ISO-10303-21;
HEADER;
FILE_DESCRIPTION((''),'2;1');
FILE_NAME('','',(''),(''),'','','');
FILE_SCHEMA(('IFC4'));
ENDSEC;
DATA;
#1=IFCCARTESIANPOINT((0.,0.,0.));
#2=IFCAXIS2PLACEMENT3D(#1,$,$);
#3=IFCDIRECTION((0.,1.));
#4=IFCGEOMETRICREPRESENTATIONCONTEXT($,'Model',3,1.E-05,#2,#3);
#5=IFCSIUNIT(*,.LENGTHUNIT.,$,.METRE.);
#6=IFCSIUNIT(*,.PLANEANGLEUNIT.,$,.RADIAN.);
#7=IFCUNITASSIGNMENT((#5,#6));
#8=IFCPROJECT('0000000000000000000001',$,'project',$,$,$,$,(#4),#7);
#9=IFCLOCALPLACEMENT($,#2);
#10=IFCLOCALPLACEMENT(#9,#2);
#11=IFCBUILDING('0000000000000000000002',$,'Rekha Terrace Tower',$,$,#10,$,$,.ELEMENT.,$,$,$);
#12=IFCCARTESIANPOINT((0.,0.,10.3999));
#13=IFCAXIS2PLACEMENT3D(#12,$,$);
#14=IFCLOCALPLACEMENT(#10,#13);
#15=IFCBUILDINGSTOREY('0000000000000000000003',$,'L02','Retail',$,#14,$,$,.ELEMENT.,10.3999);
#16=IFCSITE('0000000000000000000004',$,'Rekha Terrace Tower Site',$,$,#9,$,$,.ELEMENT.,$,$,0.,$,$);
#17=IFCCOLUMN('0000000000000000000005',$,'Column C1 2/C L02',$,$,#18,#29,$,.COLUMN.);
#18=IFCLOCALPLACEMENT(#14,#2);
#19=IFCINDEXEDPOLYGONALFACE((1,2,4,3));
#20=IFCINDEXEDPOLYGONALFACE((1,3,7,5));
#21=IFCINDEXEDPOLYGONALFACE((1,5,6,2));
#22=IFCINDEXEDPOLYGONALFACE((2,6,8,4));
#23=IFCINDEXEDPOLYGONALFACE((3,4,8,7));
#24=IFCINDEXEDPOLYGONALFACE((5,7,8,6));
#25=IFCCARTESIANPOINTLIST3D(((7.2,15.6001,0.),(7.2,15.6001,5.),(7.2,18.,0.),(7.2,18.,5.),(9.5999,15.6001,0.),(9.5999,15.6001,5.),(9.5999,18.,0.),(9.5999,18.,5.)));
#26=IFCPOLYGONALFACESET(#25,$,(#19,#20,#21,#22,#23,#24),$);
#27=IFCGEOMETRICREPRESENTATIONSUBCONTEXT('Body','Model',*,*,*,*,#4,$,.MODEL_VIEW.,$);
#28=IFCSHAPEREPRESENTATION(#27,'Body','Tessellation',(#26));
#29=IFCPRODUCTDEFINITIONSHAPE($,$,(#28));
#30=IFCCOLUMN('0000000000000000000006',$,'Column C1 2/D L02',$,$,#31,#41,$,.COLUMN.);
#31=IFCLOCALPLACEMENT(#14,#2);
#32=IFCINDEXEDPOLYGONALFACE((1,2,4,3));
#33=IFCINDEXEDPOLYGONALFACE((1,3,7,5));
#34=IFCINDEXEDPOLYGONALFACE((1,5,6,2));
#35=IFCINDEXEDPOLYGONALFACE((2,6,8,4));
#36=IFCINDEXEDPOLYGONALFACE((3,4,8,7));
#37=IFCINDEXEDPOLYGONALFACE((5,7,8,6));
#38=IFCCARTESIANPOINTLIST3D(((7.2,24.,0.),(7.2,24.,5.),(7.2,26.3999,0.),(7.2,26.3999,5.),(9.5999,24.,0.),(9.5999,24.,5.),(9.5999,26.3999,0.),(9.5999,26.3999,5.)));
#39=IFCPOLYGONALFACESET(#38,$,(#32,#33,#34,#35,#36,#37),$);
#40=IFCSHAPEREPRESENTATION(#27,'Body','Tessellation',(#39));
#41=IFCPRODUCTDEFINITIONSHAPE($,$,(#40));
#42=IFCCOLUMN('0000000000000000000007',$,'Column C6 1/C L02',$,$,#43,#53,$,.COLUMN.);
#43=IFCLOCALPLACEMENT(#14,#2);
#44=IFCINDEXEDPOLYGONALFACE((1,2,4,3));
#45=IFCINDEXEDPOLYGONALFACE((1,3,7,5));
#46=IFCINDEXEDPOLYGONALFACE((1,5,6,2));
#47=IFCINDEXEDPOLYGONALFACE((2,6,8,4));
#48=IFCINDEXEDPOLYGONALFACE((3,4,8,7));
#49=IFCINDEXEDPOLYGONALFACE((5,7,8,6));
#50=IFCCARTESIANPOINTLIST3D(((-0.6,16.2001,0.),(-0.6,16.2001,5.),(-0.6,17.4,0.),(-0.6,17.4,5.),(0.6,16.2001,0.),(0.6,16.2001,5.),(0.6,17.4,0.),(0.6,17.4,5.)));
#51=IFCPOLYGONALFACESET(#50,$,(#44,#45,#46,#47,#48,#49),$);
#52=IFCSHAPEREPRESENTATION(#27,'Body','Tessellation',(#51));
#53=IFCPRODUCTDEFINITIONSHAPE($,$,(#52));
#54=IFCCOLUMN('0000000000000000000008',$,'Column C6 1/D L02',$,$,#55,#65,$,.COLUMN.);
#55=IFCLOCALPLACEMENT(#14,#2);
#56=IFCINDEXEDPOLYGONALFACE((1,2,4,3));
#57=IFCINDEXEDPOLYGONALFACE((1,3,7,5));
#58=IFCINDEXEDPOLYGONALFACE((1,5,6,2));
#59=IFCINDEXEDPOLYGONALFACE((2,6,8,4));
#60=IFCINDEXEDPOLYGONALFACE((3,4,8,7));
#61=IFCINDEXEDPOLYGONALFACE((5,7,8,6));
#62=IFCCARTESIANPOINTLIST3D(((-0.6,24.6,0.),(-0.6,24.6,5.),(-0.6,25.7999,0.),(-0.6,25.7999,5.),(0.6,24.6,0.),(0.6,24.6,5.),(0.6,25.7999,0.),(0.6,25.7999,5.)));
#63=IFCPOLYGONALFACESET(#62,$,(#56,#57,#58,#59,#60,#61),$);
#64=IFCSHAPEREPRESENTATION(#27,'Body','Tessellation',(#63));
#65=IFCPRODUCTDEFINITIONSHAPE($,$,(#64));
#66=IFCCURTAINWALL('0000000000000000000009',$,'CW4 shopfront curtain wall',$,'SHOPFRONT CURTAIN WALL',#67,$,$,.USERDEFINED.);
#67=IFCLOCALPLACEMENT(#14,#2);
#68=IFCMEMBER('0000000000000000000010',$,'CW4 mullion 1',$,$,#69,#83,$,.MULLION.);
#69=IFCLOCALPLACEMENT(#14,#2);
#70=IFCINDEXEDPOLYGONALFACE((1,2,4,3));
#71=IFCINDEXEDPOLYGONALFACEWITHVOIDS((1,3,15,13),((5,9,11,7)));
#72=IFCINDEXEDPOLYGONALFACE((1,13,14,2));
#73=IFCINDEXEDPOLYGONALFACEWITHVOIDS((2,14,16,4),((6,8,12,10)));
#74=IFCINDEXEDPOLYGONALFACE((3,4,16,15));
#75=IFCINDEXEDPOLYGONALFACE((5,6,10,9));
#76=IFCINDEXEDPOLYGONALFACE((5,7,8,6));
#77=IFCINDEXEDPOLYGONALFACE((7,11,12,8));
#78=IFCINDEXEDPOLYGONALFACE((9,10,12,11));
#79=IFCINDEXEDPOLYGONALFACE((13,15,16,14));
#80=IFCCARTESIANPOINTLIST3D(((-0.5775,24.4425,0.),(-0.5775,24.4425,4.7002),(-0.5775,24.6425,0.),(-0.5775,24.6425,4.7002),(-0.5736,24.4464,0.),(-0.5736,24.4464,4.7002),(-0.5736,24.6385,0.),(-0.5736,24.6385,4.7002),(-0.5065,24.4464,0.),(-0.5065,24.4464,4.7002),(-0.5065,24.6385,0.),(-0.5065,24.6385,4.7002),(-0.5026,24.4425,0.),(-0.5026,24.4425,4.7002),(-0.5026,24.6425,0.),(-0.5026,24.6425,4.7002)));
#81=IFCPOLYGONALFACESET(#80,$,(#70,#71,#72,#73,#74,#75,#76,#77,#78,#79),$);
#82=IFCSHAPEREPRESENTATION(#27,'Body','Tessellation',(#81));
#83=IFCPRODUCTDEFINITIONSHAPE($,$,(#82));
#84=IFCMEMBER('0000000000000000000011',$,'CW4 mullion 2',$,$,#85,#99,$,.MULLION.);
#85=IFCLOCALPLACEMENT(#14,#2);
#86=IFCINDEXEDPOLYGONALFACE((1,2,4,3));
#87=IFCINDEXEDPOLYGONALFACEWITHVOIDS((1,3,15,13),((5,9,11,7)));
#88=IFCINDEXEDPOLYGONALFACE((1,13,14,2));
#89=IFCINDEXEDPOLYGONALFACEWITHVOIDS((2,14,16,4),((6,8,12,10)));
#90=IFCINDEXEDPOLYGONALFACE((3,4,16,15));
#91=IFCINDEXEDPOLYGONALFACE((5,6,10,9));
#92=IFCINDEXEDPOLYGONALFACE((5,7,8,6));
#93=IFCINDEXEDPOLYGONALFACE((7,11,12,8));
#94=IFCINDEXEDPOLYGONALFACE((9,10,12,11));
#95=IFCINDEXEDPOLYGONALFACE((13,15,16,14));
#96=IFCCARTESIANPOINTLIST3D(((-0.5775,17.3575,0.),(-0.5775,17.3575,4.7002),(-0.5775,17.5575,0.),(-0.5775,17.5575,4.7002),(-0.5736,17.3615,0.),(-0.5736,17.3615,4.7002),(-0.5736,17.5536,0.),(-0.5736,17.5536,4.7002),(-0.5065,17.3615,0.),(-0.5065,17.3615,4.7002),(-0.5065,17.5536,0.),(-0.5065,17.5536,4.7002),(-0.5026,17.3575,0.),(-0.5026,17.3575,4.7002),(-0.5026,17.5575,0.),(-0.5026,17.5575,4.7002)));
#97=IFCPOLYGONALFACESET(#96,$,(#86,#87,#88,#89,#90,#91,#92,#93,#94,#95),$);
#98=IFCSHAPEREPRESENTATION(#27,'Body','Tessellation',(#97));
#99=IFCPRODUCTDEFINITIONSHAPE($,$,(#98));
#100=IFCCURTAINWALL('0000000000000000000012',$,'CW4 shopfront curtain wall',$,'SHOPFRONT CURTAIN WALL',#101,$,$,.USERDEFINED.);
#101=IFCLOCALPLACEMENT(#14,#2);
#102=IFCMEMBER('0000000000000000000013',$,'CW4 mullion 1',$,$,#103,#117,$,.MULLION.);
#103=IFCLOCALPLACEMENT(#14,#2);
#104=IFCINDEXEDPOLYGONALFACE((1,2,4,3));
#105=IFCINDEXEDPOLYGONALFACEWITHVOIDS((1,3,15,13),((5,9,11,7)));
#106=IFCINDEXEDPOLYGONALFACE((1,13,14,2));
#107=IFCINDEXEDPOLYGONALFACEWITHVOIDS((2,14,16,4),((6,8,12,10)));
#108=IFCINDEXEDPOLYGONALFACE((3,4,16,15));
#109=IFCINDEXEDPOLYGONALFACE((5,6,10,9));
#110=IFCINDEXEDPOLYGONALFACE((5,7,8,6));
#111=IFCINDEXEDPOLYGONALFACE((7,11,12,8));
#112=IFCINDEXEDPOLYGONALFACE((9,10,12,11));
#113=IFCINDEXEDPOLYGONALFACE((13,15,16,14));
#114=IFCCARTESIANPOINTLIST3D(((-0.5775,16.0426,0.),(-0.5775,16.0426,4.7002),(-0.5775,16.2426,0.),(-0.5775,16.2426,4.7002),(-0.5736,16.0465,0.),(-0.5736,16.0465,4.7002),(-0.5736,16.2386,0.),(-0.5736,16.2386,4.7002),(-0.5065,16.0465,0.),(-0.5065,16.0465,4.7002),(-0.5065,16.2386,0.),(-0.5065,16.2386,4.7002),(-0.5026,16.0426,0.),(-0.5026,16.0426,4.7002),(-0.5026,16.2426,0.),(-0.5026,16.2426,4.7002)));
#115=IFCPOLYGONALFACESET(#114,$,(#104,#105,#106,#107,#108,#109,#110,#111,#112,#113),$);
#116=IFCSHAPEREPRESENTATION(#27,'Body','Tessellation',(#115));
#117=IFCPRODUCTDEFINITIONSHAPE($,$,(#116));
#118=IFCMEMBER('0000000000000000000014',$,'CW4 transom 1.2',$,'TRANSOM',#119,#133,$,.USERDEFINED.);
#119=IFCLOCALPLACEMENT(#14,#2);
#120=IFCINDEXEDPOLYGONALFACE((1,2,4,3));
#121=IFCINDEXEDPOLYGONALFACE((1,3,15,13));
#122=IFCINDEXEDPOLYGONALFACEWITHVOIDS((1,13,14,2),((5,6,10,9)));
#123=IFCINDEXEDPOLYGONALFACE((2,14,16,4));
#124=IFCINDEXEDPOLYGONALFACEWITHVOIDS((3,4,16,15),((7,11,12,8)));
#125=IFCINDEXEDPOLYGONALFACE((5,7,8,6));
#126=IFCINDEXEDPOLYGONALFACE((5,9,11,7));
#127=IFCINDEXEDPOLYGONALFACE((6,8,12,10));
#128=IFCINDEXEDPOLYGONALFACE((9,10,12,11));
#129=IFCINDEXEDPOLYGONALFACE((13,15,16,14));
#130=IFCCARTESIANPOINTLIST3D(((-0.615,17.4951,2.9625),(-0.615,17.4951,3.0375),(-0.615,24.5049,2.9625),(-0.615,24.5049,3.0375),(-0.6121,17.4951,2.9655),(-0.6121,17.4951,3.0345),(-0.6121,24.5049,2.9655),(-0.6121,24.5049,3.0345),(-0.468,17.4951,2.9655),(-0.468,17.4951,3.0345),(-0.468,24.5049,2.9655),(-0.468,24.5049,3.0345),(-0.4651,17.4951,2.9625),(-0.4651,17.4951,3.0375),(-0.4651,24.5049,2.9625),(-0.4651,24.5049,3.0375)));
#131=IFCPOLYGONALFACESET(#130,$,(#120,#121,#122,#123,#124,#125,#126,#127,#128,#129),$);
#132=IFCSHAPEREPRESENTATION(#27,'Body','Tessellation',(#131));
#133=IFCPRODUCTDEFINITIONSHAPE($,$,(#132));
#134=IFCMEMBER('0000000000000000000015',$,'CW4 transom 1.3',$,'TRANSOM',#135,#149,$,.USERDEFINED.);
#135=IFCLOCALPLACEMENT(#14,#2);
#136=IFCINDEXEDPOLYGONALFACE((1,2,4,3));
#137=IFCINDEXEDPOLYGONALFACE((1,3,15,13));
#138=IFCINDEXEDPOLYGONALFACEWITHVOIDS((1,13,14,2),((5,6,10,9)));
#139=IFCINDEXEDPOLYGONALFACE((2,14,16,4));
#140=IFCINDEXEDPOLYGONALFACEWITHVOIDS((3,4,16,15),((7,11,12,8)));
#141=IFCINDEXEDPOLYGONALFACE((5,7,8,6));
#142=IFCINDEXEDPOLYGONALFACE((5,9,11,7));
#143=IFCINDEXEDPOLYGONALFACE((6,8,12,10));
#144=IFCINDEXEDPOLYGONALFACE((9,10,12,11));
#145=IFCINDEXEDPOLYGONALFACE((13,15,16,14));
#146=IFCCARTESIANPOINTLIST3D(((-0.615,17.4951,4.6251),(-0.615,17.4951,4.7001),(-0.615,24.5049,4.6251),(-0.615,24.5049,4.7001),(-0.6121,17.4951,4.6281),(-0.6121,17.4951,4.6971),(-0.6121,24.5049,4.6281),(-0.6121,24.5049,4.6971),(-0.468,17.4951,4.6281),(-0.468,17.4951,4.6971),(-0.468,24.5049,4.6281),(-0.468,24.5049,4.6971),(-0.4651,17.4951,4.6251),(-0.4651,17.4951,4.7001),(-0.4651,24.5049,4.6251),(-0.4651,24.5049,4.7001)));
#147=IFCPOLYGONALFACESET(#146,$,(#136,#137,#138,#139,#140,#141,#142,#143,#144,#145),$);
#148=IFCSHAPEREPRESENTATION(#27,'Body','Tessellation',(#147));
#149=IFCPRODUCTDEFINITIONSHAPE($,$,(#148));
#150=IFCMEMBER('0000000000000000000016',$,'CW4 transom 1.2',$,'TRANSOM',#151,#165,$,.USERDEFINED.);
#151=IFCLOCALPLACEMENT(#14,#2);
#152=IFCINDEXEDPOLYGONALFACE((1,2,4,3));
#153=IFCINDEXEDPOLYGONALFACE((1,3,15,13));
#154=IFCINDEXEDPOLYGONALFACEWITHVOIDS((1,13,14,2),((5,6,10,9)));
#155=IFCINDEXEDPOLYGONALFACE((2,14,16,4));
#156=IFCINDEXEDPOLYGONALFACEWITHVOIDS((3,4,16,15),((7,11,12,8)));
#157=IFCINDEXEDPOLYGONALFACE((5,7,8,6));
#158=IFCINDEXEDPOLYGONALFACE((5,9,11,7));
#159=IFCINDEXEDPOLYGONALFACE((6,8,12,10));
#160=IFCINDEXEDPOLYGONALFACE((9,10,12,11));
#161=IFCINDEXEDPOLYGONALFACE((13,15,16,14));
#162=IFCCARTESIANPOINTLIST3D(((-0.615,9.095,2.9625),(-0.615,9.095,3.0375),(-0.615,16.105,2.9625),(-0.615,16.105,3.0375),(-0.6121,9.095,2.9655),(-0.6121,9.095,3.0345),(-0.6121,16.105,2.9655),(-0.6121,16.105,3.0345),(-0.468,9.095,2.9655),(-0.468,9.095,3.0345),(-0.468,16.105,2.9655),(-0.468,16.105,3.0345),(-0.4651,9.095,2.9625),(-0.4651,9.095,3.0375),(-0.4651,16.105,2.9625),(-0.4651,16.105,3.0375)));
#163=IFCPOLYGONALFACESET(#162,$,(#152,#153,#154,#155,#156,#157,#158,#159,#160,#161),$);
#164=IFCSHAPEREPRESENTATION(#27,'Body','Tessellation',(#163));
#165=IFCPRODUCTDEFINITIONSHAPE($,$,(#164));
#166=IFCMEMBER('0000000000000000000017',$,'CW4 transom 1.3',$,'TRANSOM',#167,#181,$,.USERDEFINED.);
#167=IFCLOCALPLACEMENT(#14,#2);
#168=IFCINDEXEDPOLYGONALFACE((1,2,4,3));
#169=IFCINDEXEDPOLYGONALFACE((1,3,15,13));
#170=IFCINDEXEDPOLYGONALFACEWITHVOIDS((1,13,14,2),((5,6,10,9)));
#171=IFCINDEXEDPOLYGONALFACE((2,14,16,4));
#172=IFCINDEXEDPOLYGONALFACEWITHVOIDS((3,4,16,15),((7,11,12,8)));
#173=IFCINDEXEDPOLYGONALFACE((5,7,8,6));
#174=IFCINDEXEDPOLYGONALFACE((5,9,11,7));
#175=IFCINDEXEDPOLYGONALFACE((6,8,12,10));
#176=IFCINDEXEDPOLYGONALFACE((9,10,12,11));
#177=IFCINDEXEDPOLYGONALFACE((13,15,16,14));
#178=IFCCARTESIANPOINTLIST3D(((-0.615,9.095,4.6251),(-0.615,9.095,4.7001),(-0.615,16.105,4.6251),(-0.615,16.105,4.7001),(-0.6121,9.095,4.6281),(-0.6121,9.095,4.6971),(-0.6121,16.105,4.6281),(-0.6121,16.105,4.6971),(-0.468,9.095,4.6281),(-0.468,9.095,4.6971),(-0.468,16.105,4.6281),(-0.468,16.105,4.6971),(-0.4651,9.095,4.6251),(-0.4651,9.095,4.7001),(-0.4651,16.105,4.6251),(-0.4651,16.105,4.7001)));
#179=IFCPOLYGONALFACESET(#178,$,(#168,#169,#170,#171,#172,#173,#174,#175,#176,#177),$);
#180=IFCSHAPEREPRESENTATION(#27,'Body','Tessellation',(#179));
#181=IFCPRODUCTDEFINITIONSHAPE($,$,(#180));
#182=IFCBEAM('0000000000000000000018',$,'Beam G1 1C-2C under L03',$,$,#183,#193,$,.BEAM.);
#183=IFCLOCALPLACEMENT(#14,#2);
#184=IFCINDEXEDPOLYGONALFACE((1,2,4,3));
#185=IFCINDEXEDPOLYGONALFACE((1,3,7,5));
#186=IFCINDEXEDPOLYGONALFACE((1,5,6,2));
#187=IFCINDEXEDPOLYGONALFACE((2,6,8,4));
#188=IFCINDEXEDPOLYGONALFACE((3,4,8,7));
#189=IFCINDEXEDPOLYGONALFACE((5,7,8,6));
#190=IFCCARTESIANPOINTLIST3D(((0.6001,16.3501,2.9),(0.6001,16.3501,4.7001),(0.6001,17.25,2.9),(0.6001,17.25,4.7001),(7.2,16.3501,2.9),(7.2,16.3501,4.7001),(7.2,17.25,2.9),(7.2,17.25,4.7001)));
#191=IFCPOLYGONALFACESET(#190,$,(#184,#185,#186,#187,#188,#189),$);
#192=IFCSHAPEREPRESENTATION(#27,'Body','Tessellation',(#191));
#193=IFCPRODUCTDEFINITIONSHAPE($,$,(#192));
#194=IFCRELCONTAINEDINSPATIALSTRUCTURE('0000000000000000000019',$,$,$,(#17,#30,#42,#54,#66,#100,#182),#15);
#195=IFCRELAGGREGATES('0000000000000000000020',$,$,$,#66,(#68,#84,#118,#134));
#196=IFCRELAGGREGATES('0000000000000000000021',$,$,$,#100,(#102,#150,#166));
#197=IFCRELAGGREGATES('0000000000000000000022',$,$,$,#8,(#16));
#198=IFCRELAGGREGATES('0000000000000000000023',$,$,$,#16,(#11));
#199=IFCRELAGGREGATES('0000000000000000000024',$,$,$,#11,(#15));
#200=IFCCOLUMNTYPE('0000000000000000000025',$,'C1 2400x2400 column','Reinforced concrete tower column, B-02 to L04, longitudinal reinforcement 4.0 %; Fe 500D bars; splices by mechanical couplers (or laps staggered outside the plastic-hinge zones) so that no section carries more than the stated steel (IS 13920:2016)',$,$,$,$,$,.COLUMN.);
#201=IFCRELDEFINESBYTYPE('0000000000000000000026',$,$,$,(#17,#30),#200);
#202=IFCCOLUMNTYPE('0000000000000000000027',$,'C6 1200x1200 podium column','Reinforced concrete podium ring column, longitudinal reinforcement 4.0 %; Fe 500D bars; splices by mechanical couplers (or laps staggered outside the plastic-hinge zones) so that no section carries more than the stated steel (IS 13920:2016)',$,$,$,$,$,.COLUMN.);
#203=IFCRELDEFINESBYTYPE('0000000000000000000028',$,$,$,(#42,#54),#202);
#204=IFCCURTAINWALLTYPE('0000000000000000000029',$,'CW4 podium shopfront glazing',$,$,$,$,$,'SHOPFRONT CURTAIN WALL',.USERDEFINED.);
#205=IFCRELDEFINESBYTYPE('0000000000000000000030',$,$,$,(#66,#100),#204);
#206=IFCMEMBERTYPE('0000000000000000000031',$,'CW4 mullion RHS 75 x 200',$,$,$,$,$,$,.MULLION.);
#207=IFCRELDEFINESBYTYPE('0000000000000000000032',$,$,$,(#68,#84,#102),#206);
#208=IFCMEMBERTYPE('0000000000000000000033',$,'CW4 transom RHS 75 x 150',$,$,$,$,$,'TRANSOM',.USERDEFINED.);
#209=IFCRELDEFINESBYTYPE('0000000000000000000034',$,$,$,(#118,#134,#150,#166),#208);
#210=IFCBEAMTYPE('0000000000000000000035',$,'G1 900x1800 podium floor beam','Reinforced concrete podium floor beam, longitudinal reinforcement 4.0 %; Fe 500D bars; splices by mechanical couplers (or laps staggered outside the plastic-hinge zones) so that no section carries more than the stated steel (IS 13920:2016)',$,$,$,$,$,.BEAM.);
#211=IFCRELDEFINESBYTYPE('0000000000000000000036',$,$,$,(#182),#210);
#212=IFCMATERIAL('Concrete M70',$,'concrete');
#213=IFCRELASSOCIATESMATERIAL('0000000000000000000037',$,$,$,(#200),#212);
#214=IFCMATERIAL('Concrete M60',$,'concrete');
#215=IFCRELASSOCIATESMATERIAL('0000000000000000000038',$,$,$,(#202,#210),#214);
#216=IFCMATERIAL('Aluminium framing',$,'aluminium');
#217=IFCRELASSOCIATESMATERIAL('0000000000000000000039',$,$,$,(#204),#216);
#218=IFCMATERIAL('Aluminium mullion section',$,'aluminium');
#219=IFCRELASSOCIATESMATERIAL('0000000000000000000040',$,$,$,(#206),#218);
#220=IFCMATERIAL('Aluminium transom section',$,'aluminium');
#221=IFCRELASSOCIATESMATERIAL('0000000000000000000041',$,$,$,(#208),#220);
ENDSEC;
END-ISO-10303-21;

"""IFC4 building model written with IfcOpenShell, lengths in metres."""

from ifc_helpers import new_model, si_unit, direction, frame, origin, origin_2d, place, context, subcontext, project, spatial, rectangle, hollow_rectangle, extrude, material, material_profile, profile_set, type_object, element, aggregate, save


model = new_model("IFC4")

# Units and contexts
model_context = context("Model", 3, precision=1e-05, world=origin(), true_north=direction((0.0, 1.0)))
body_context = subcontext(model_context, "Body", "Model", "MODEL_VIEW")
ifc_project = project(units=[si_unit("LENGTHUNIT", "METRE"), si_unit("PLANEANGLEUNIT", "RADIAN")], contexts=[model_context])

# Site, building, storey
site_placement = place(None, origin())
site = spatial("IfcSite", under=ifc_project, at=site_placement, Name="Rekha Terrace Tower Site", CompositionType="ELEMENT", RefElevation=0.0)
building_placement = place(site_placement, origin())
building = spatial("IfcBuilding", under=site, at=building_placement, Name="Rekha Terrace Tower", CompositionType="ELEMENT")
storey_placement = place(building_placement, frame((0.0, 0.0, 10.3999)))
storey = spatial("IfcBuildingStorey", under=building, at=storey_placement, Name="L02", Description="Retail", CompositionType="ELEMENT", Elevation=10.3999)

# Columns
ifc_material_1 = material(Name="Concrete M70", Category="concrete")
ifc_material_profile_1 = material_profile(ifc_material_1, rectangle(XDim=2.3999, YDim=2.3999, at=origin_2d()), Name="RC 2400x2400")
ifc_profile_set_1 = profile_set([ifc_material_profile_1], Name="Concrete M70")
column_type_1 = type_object("IfcColumnType", Name="C1 2400x2400 column", Description="Reinforced concrete tower column, B-02 to L04, longitudinal reinforcement 4.0 %; Fe 500D bars; splices by mechanical couplers (or laps staggered outside the plastic-hinge zones) so that no section carries more than the stated steel (IS 13920:2016)", PredefinedType="COLUMN", material=ifc_profile_set_1)
for number, where, z_axis, x_axis, name in (
    (1, (8.3999, 16.8, 0.0), (0.0, 0.0, 1.0), (1.0, 0.0, 0.0), "Column C1 2/C L02"),
    (2, (8.3999, 25.2, 0.0), (0.0, 0.0, 1.0), (1.0, 0.0, 0.0), "Column C1 2/D L02"),
):
    element("IfcColumn", number, at=place(storey_placement, frame(where, z_axis=z_axis, x_axis=x_axis)), inside=storey, type_object=column_type_1, Name=name, PredefinedType="COLUMN", context=body_context, shape_type="SweptSolid", body=[
        extrude(rectangle(XDim=2.3999, YDim=2.3999, at=origin_2d()), origin(), (0.0, 0.0, 1.0), 5.0),
    ])
ifc_material_2 = material(Name="Concrete M60", Category="concrete")
ifc_material_profile_2 = material_profile(ifc_material_2, rectangle(XDim=1.2, YDim=1.2, at=origin_2d()), Name="RC 1200x1200")
ifc_profile_set_2 = profile_set([ifc_material_profile_2], Name="Concrete M60")
column_type_2 = type_object("IfcColumnType", Name="C6 1200x1200 podium column", Description="Reinforced concrete podium ring column, longitudinal reinforcement 4.0 %; Fe 500D bars; splices by mechanical couplers (or laps staggered outside the plastic-hinge zones) so that no section carries more than the stated steel (IS 13920:2016)", PredefinedType="COLUMN", material=ifc_profile_set_2)
for number, where, z_axis, x_axis, name in (
    (3, (0.0, 16.8, 0.0), (0.0, 0.0, 1.0), (1.0, 0.0, 0.0), "Column C6 1/C L02"),
    (4, (0.0, 25.2, 0.0), (0.0, 0.0, 1.0), (1.0, 0.0, 0.0), "Column C6 1/D L02"),
):
    element("IfcColumn", number, at=place(storey_placement, frame(where, z_axis=z_axis, x_axis=x_axis)), inside=storey, type_object=column_type_2, Name=name, PredefinedType="COLUMN", context=body_context, shape_type="SweptSolid", body=[
        extrude(rectangle(XDim=1.2, YDim=1.2, at=origin_2d()), origin(), (0.0, 0.0, 1.0), 5.0),
    ])

# Curtain wall, members
ifc_material_3 = material(Name="Aluminium framing", Category="aluminium")
curtain_wall_type = type_object("IfcCurtainWallType", Name="CW4 podium shopfront glazing", ElementType="SHOPFRONT CURTAIN WALL", PredefinedType="USERDEFINED", material=ifc_material_3)
curtain_wall_1_placement = place(storey_placement, origin())
curtain_wall_1 = element("IfcCurtainWall", 5, at=curtain_wall_1_placement, inside=storey, type_object=curtain_wall_type, Name="CW4 shopfront curtain wall", ObjectType="SHOPFRONT CURTAIN WALL", PredefinedType="USERDEFINED")
ifc_material_4 = material(Name="Aluminium mullion section", Category="aluminium")
ifc_material_profile_3 = material_profile(ifc_material_4, hollow_rectangle(XDim=0.075, YDim=0.2, WallThickness=0.0039, at=origin_2d()), Name="AL RHS 75x200")
ifc_profile_set_3 = profile_set([ifc_material_profile_3], Name="Aluminium mullion section")
member_type_1 = type_object("IfcMemberType", Name="CW4 mullion RHS 75 x 200", PredefinedType="MULLION", material=ifc_profile_set_3)
member_1_placement = place(storey_placement, frame((-0.54, 24.5425, 0.0), z_axis=(0.0, 0.0, 1.0), x_axis=(1.0, 0.0, 0.0)))
member_1 = element("IfcMember", 6, at=member_1_placement, type_object=member_type_1, Name="CW4 mullion 1", PredefinedType="MULLION", context=body_context, shape_type="SweptSolid", body=[
    extrude(hollow_rectangle(XDim=0.075, YDim=0.2, WallThickness=0.0039, at=origin_2d()), origin(), (0.0, 0.0, 1.0), 4.7002),
])
member_2_placement = place(storey_placement, frame((-0.54, 17.4575, 0.0), z_axis=(0.0, 0.0, 1.0), x_axis=(1.0, 0.0, 0.0)))
member_2 = element("IfcMember", 7, at=member_2_placement, type_object=member_type_1, Name="CW4 mullion 2", PredefinedType="MULLION", context=body_context, shape_type="SweptSolid", body=[
    extrude(hollow_rectangle(XDim=0.075, YDim=0.2, WallThickness=0.0039, at=origin_2d()), origin(), (0.0, 0.0, 1.0), 4.7002),
])

# Curtain wall, member
curtain_wall_2_placement = place(storey_placement, origin())
curtain_wall_2 = element("IfcCurtainWall", 8, at=curtain_wall_2_placement, inside=storey, type_object=curtain_wall_type, Name="CW4 shopfront curtain wall", ObjectType="SHOPFRONT CURTAIN WALL", PredefinedType="USERDEFINED")
member_3_placement = place(storey_placement, frame((-0.54, 16.1426, 0.0), z_axis=(0.0, 0.0, 1.0), x_axis=(1.0, 0.0, 0.0)))
member_3 = element("IfcMember", 9, at=member_3_placement, type_object=member_type_1, Name="CW4 mullion 1", PredefinedType="MULLION", context=body_context, shape_type="SweptSolid", body=[
    extrude(hollow_rectangle(XDim=0.075, YDim=0.2, WallThickness=0.0039, at=origin_2d()), origin(), (0.0, 0.0, 1.0), 4.7002),
])

# Members
ifc_material_5 = material(Name="Aluminium transom section", Category="aluminium")
ifc_material_profile_4 = material_profile(ifc_material_5, hollow_rectangle(XDim=0.1499, YDim=0.075, WallThickness=0.0029, at=origin_2d()), Name="AL RHS 150x75")
ifc_profile_set_4 = profile_set([ifc_material_profile_4], Name="Aluminium transom section")
member_type_2 = type_object("IfcMemberType", Name="CW4 transom RHS 75 x 150", ElementType="TRANSOM", PredefinedType="USERDEFINED", material=ifc_profile_set_4)
member_4_placement = place(storey_placement, frame((-0.54, 24.5049, 3.0), z_axis=(0.0, -1.0, 0.0), x_axis=(1.0, 0.0, 0.0)))
member_4 = element("IfcMember", 10, at=member_4_placement, type_object=member_type_2, Name="CW4 transom 1.2", ObjectType="TRANSOM", PredefinedType="USERDEFINED", context=body_context, shape_type="SweptSolid", body=[
    extrude(hollow_rectangle(XDim=0.1499, YDim=0.075, WallThickness=0.0029, at=origin_2d()), origin(), (0.0, 0.0, 1.0), 7.0098),
])
member_5_placement = place(storey_placement, frame((-0.54, 24.5049, 4.6626), z_axis=(0.0, -1.0, 0.0), x_axis=(1.0, 0.0, 0.0)))
member_5 = element("IfcMember", 11, at=member_5_placement, type_object=member_type_2, Name="CW4 transom 1.3", ObjectType="TRANSOM", PredefinedType="USERDEFINED", context=body_context, shape_type="SweptSolid", body=[
    extrude(hollow_rectangle(XDim=0.1499, YDim=0.075, WallThickness=0.0029, at=origin_2d()), origin(), (0.0, 0.0, 1.0), 7.0098),
])
member_6_placement = place(storey_placement, frame((-0.54, 16.105, 3.0), z_axis=(0.0, -1.0, 0.0), x_axis=(1.0, 0.0, 0.0)))
member_6 = element("IfcMember", 12, at=member_6_placement, type_object=member_type_2, Name="CW4 transom 1.2", ObjectType="TRANSOM", PredefinedType="USERDEFINED", context=body_context, shape_type="SweptSolid", body=[
    extrude(hollow_rectangle(XDim=0.1499, YDim=0.075, WallThickness=0.0029, at=origin_2d()), origin(), (0.0, 0.0, 1.0), 7.01),
])
member_7_placement = place(storey_placement, frame((-0.54, 16.105, 4.6626), z_axis=(0.0, -1.0, 0.0), x_axis=(1.0, 0.0, 0.0)))
member_7 = element("IfcMember", 13, at=member_7_placement, type_object=member_type_2, Name="CW4 transom 1.3", ObjectType="TRANSOM", PredefinedType="USERDEFINED", context=body_context, shape_type="SweptSolid", body=[
    extrude(hollow_rectangle(XDim=0.1499, YDim=0.075, WallThickness=0.0029, at=origin_2d()), origin(), (0.0, 0.0, 1.0), 7.01),
])

# Beam
ifc_material_profile_5 = material_profile(ifc_material_2, rectangle(XDim=0.8999, YDim=1.8, at=origin_2d()), Name="RC 900x1800")
ifc_profile_set_5 = profile_set([ifc_material_profile_5], Name="Concrete M60")
beam_type = type_object("IfcBeamType", Name="G1 900x1800 podium floor beam", Description="Reinforced concrete podium floor beam, longitudinal reinforcement 4.0 %; Fe 500D bars; splices by mechanical couplers (or laps staggered outside the plastic-hinge zones) so that no section carries more than the stated steel (IS 13920:2016)", PredefinedType="BEAM", material=ifc_profile_set_5)
beam_1_placement = place(storey_placement, frame((0.6001, 16.8, 3.8), z_axis=(1.0, 0.0, 0.0), x_axis=(0.0, 1.0, 0.0)))
element("IfcBeam", 14, at=beam_1_placement, inside=storey, type_object=beam_type, Name="Beam G1 1C-2C under L03", PredefinedType="BEAM", context=body_context, shape_type="SweptSolid", body=[
    extrude(rectangle(XDim=0.8999, YDim=1.8, at=origin_2d()), origin(), (0.0, 0.0, 1.0), 6.5999),
])

aggregate(curtain_wall_1, [member_1, member_2, member_4, member_5])
aggregate(curtain_wall_2, [member_3, member_6, member_7])

save(model, "model.ifc")
